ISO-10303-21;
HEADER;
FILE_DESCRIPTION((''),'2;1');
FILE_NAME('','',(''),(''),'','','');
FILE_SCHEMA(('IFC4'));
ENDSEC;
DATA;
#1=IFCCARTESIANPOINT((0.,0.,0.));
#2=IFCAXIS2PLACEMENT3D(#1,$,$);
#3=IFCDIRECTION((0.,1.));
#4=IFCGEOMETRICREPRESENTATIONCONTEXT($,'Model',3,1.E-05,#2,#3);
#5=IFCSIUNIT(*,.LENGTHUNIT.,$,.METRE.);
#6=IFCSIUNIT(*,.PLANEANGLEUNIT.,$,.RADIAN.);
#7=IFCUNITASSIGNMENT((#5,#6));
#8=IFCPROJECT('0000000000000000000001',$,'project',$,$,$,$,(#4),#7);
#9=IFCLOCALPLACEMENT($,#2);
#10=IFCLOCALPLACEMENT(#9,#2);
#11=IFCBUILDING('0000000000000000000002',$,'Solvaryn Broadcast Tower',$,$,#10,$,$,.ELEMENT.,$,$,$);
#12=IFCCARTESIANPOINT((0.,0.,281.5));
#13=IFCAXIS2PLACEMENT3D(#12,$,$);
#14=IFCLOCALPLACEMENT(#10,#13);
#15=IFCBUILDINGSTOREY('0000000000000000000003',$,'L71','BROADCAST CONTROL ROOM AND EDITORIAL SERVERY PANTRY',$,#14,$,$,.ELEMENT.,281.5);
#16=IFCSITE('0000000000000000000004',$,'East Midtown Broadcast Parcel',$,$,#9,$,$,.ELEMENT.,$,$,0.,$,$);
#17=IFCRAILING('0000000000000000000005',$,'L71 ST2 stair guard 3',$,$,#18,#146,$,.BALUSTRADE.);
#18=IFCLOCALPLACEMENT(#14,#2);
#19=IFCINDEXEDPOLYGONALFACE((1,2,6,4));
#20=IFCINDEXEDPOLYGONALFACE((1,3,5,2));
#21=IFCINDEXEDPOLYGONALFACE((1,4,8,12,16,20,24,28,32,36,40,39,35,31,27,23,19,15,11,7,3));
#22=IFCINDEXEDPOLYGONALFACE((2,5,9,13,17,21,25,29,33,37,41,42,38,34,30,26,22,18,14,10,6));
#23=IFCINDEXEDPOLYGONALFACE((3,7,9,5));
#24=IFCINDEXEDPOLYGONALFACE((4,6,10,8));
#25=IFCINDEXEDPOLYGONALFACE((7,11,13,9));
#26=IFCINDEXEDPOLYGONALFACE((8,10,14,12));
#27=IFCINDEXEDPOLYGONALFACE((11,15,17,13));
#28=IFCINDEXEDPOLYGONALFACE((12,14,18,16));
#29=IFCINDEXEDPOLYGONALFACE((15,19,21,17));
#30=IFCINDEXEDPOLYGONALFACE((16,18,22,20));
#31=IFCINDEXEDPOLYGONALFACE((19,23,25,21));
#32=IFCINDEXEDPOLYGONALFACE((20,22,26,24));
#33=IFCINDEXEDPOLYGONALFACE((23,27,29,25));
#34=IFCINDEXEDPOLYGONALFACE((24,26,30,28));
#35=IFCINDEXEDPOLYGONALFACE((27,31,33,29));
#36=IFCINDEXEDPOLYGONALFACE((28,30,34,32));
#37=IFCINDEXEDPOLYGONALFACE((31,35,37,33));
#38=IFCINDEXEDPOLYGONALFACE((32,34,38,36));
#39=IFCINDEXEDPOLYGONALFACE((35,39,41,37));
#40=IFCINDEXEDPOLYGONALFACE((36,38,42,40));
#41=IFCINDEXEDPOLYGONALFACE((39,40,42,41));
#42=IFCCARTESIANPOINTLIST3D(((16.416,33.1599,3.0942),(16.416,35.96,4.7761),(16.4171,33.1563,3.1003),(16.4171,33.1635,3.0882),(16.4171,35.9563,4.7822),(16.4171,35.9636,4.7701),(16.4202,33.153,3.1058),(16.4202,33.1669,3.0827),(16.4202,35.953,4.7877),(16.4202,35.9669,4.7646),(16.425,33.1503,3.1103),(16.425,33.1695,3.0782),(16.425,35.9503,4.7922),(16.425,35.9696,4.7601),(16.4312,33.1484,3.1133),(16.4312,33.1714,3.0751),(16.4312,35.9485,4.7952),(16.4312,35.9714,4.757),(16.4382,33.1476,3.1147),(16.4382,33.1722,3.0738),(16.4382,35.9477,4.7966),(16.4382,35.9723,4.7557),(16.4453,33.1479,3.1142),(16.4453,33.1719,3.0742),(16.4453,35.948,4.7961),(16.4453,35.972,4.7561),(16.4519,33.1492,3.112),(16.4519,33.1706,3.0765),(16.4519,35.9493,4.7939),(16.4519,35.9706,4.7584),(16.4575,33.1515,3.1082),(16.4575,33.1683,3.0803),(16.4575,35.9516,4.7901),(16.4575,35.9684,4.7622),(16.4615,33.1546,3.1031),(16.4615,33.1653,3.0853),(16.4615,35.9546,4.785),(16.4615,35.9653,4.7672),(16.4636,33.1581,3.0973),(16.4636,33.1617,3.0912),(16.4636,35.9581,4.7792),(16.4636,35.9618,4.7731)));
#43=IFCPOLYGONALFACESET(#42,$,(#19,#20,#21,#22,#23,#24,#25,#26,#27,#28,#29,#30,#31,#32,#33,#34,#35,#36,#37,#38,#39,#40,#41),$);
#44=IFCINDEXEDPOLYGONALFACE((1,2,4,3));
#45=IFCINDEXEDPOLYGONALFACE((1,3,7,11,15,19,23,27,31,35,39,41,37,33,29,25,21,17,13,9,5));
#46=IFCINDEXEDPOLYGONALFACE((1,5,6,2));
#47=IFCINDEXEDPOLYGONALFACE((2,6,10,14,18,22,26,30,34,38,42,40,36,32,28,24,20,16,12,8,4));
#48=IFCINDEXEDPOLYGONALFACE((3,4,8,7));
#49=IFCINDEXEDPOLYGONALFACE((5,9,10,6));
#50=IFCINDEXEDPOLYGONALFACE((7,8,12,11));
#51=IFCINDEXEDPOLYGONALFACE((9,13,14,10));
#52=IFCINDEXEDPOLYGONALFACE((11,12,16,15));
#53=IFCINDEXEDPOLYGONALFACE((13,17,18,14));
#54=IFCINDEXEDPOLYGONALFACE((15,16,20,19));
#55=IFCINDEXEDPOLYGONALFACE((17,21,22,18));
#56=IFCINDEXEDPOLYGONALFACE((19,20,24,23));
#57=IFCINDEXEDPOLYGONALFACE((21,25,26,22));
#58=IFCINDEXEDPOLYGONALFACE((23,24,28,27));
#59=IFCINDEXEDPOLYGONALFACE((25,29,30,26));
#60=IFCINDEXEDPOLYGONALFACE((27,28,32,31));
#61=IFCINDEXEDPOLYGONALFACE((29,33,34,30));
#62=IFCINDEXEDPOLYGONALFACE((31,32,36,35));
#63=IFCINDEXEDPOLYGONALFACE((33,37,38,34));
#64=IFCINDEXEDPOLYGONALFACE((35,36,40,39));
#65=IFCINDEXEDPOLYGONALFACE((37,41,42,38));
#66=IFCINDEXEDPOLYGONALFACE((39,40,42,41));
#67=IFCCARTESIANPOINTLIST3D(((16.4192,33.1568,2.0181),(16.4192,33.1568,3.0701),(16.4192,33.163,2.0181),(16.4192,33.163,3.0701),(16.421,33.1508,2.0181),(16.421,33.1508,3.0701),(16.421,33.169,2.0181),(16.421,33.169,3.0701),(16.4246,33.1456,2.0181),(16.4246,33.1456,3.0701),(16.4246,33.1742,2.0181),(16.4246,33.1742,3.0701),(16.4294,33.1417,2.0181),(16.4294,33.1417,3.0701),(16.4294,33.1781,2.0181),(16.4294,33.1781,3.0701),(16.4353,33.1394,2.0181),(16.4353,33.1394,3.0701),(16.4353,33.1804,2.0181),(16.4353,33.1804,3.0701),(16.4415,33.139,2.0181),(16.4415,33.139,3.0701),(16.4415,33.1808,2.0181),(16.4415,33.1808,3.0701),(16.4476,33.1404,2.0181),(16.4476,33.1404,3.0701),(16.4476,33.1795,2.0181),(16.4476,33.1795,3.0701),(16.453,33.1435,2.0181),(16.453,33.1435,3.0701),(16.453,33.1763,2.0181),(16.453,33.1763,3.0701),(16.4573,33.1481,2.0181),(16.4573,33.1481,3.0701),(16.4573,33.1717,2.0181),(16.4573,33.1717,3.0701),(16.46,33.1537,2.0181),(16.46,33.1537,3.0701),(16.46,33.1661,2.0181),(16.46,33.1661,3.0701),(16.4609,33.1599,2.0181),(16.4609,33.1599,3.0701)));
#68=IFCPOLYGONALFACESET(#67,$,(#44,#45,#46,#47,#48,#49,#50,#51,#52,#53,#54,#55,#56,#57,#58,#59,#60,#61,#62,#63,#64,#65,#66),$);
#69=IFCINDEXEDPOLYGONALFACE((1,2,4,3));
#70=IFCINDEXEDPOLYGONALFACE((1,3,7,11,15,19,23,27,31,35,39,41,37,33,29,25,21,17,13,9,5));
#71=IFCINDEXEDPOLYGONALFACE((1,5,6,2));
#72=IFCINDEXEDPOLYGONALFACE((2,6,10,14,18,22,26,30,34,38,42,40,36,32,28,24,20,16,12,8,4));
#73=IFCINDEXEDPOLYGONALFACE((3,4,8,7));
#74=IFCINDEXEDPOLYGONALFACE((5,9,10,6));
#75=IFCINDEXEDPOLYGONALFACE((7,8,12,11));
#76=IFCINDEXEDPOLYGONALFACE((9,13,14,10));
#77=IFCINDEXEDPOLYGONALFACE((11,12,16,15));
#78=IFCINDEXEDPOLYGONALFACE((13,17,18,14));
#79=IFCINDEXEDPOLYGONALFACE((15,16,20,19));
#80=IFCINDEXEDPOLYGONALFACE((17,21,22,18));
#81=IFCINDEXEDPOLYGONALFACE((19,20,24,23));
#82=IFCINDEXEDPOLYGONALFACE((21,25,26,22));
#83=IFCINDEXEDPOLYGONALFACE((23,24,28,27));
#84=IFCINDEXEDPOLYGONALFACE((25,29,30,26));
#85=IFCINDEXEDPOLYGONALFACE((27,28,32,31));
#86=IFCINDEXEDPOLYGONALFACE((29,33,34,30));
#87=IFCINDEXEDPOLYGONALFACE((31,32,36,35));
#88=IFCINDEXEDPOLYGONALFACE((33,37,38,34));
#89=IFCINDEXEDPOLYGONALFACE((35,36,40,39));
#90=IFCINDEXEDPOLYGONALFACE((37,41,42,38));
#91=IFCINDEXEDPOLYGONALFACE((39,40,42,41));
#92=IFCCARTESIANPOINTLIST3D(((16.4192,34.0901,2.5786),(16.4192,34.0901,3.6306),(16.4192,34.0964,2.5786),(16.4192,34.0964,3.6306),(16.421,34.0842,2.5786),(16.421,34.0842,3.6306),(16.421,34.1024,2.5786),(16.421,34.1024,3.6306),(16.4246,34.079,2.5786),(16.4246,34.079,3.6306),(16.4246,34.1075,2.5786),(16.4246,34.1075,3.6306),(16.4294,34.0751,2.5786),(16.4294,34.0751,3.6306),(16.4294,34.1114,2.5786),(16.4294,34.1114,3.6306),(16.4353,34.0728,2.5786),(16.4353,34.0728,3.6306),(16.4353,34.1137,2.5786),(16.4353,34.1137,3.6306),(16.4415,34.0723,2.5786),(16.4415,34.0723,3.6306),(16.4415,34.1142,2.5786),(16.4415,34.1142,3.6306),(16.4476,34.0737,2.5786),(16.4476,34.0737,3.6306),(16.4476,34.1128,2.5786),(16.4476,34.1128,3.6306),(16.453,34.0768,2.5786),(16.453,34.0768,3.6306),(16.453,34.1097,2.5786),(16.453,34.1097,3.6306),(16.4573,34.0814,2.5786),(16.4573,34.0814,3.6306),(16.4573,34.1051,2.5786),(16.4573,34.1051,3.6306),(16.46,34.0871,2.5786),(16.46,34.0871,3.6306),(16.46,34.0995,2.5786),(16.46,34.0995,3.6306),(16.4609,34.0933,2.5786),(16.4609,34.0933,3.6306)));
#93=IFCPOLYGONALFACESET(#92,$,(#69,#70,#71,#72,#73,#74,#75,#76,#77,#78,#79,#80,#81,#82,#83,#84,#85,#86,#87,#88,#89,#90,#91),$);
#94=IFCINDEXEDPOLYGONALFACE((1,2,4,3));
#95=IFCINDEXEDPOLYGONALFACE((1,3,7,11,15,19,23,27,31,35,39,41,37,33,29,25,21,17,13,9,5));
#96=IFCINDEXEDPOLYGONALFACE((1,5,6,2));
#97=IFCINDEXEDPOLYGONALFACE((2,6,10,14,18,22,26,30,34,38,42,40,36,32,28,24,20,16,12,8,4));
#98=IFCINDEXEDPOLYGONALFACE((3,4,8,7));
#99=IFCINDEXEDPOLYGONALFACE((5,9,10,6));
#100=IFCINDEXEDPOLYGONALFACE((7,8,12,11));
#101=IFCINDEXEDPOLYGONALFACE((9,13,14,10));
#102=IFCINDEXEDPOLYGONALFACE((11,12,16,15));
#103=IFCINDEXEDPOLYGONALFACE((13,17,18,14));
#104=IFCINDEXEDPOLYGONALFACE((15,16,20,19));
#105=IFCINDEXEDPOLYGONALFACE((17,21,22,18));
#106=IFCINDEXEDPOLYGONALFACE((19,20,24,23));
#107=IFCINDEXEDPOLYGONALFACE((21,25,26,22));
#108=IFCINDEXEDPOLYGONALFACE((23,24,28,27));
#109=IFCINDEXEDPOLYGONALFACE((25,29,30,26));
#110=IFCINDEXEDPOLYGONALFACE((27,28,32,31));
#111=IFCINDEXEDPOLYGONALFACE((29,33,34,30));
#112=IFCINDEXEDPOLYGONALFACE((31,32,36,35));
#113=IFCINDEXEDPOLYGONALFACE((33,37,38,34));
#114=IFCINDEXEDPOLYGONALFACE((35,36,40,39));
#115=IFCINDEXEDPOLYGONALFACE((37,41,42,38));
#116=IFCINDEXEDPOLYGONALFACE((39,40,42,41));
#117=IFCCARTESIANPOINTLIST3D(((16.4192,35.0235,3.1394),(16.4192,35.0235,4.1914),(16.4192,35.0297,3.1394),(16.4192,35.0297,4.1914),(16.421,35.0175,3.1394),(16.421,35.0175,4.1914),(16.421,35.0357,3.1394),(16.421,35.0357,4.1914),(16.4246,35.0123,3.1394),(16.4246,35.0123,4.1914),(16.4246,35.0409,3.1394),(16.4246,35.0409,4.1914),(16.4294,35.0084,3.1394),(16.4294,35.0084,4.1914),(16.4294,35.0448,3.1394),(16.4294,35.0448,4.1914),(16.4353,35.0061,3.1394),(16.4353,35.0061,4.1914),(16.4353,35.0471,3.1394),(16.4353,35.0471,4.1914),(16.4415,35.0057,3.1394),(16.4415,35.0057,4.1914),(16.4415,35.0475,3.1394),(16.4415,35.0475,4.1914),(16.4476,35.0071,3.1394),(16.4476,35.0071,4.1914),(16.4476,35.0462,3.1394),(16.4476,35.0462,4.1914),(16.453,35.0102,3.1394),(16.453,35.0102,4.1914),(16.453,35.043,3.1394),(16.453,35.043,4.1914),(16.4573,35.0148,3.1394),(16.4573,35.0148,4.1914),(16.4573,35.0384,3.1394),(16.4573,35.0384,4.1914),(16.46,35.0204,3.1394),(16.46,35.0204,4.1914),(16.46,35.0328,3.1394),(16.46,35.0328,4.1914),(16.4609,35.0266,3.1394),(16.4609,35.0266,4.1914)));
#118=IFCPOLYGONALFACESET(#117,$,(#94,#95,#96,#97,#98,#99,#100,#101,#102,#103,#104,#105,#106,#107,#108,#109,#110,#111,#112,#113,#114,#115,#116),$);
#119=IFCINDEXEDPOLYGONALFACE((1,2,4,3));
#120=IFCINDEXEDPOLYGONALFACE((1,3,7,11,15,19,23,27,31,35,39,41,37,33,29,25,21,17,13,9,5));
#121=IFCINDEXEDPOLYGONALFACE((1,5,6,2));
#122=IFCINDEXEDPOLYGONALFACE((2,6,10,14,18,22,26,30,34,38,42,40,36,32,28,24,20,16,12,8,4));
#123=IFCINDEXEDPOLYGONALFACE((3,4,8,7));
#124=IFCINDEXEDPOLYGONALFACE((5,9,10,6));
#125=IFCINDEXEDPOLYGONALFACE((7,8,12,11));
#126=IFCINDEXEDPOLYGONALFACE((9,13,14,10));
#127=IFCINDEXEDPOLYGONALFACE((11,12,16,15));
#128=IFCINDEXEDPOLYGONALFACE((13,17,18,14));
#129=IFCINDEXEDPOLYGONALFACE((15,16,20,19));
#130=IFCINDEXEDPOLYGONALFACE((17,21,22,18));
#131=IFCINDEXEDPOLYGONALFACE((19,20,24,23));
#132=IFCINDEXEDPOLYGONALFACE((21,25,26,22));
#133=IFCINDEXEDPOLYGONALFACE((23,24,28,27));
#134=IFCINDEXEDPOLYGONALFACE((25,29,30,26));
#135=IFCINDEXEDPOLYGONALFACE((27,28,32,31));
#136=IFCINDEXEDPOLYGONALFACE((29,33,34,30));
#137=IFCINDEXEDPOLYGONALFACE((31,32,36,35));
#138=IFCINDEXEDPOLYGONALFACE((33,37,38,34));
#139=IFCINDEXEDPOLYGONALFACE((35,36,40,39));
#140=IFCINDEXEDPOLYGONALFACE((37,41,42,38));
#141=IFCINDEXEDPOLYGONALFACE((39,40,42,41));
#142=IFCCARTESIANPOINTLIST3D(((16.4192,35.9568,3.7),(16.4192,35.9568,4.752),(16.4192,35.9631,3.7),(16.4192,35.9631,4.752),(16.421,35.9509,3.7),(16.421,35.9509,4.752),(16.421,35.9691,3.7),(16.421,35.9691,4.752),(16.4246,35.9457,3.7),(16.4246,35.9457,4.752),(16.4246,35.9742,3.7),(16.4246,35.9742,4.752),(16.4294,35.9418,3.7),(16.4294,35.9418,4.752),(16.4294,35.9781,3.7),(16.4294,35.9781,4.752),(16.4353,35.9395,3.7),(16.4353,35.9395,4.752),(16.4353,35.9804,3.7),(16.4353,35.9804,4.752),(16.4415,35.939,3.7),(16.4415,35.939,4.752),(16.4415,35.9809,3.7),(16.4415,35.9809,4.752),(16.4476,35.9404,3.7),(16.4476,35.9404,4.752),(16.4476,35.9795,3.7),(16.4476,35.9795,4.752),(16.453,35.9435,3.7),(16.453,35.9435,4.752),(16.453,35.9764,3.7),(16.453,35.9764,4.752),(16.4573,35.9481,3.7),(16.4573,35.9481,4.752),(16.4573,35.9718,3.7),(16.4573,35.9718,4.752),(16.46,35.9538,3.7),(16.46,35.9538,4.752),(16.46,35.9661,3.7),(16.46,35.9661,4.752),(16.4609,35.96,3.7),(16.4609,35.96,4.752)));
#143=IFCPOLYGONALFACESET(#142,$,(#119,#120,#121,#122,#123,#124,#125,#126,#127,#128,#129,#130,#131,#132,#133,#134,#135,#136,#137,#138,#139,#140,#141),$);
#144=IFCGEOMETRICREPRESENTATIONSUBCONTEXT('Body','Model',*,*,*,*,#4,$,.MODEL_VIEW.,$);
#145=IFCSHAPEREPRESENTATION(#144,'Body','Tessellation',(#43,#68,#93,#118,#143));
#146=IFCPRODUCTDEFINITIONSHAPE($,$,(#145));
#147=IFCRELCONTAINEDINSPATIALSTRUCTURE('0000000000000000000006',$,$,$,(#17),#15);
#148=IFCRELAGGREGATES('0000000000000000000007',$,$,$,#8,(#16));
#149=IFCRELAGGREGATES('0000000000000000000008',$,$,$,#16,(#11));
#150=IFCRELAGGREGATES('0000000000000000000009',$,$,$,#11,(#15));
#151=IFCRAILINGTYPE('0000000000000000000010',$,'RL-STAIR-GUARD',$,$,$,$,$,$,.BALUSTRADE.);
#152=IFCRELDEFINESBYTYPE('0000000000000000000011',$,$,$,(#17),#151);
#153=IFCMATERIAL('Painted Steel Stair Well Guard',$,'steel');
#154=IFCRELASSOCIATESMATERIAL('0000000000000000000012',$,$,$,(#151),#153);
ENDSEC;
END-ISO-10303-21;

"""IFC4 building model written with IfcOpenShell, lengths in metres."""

from ifc_helpers import new_model, si_unit, direction, frame, origin, origin_2d, place, context, subcontext, project, spatial, circle, extrude, material, type_object, element, save


model = new_model("IFC4")

# Units and contexts
model_context = context("Model", 3, precision=1e-05, world=origin(), true_north=direction((0.0, 1.0)))
body_context = subcontext(model_context, "Body", "Model", "MODEL_VIEW")
ifc_project = project(units=[si_unit("LENGTHUNIT", "METRE"), si_unit("PLANEANGLEUNIT", "RADIAN")], contexts=[model_context])

# Site, building, storey
site_placement = place(None, origin())
site = spatial("IfcSite", under=ifc_project, at=site_placement, Name="East Midtown Broadcast Parcel", CompositionType="ELEMENT", RefElevation=0.0)
building_placement = place(site_placement, origin())
building = spatial("IfcBuilding", under=site, at=building_placement, Name="Solvaryn Broadcast Tower", CompositionType="ELEMENT")
storey_placement = place(building_placement, frame((0.0, 0.0, 281.5)))
storey = spatial("IfcBuildingStorey", under=building, at=storey_placement, Name="L71", Description="BROADCAST CONTROL ROOM AND EDITORIAL SERVERY PANTRY", CompositionType="ELEMENT", Elevation=281.5)

# Railing
ifc_material_1 = material(Name="Painted Steel Stair Well Guard", Category="steel")
railing_type_1 = type_object("IfcRailingType", Name="RL-STAIR-GUARD", PredefinedType="BALUSTRADE", material=ifc_material_1)
railing_1_placement = place(storey_placement, frame((16.4399, 33.1599, 2.0181)))
element("IfcRailing", 1, at=railing_1_placement, inside=storey, type_object=railing_type_1, Name="L71 ST2 stair guard 3", PredefinedType="BALUSTRADE", context=body_context, shape_type="SweptSolid", body=[
    extrude(circle(Radius=0.0239, at=origin_2d()), frame((0.0, 0.0, 1.0762), z_axis=(0.0, 0.857242, 0.514913), x_axis=(-1.0, 0.0, 0.0)), (0.0, 0.0, 1.0), 3.2664),
    extrude(circle(Radius=0.021, at=origin_2d()), origin(), (0.0, 0.0, 1.0), 1.052),
    extrude(circle(Radius=0.021, at=origin_2d()), frame((0.0, 0.9333, 0.5605)), (0.0, 0.0, 1.0), 1.052),
    extrude(circle(Radius=0.021, at=origin_2d()), frame((0.0, 1.8667, 1.1213)), (0.0, 0.0, 1.0), 1.052),
    extrude(circle(Radius=0.021, at=origin_2d()), frame((0.0, 2.8, 1.6819)), (0.0, 0.0, 1.0), 1.052),
])

save(model, "model.ifc")
